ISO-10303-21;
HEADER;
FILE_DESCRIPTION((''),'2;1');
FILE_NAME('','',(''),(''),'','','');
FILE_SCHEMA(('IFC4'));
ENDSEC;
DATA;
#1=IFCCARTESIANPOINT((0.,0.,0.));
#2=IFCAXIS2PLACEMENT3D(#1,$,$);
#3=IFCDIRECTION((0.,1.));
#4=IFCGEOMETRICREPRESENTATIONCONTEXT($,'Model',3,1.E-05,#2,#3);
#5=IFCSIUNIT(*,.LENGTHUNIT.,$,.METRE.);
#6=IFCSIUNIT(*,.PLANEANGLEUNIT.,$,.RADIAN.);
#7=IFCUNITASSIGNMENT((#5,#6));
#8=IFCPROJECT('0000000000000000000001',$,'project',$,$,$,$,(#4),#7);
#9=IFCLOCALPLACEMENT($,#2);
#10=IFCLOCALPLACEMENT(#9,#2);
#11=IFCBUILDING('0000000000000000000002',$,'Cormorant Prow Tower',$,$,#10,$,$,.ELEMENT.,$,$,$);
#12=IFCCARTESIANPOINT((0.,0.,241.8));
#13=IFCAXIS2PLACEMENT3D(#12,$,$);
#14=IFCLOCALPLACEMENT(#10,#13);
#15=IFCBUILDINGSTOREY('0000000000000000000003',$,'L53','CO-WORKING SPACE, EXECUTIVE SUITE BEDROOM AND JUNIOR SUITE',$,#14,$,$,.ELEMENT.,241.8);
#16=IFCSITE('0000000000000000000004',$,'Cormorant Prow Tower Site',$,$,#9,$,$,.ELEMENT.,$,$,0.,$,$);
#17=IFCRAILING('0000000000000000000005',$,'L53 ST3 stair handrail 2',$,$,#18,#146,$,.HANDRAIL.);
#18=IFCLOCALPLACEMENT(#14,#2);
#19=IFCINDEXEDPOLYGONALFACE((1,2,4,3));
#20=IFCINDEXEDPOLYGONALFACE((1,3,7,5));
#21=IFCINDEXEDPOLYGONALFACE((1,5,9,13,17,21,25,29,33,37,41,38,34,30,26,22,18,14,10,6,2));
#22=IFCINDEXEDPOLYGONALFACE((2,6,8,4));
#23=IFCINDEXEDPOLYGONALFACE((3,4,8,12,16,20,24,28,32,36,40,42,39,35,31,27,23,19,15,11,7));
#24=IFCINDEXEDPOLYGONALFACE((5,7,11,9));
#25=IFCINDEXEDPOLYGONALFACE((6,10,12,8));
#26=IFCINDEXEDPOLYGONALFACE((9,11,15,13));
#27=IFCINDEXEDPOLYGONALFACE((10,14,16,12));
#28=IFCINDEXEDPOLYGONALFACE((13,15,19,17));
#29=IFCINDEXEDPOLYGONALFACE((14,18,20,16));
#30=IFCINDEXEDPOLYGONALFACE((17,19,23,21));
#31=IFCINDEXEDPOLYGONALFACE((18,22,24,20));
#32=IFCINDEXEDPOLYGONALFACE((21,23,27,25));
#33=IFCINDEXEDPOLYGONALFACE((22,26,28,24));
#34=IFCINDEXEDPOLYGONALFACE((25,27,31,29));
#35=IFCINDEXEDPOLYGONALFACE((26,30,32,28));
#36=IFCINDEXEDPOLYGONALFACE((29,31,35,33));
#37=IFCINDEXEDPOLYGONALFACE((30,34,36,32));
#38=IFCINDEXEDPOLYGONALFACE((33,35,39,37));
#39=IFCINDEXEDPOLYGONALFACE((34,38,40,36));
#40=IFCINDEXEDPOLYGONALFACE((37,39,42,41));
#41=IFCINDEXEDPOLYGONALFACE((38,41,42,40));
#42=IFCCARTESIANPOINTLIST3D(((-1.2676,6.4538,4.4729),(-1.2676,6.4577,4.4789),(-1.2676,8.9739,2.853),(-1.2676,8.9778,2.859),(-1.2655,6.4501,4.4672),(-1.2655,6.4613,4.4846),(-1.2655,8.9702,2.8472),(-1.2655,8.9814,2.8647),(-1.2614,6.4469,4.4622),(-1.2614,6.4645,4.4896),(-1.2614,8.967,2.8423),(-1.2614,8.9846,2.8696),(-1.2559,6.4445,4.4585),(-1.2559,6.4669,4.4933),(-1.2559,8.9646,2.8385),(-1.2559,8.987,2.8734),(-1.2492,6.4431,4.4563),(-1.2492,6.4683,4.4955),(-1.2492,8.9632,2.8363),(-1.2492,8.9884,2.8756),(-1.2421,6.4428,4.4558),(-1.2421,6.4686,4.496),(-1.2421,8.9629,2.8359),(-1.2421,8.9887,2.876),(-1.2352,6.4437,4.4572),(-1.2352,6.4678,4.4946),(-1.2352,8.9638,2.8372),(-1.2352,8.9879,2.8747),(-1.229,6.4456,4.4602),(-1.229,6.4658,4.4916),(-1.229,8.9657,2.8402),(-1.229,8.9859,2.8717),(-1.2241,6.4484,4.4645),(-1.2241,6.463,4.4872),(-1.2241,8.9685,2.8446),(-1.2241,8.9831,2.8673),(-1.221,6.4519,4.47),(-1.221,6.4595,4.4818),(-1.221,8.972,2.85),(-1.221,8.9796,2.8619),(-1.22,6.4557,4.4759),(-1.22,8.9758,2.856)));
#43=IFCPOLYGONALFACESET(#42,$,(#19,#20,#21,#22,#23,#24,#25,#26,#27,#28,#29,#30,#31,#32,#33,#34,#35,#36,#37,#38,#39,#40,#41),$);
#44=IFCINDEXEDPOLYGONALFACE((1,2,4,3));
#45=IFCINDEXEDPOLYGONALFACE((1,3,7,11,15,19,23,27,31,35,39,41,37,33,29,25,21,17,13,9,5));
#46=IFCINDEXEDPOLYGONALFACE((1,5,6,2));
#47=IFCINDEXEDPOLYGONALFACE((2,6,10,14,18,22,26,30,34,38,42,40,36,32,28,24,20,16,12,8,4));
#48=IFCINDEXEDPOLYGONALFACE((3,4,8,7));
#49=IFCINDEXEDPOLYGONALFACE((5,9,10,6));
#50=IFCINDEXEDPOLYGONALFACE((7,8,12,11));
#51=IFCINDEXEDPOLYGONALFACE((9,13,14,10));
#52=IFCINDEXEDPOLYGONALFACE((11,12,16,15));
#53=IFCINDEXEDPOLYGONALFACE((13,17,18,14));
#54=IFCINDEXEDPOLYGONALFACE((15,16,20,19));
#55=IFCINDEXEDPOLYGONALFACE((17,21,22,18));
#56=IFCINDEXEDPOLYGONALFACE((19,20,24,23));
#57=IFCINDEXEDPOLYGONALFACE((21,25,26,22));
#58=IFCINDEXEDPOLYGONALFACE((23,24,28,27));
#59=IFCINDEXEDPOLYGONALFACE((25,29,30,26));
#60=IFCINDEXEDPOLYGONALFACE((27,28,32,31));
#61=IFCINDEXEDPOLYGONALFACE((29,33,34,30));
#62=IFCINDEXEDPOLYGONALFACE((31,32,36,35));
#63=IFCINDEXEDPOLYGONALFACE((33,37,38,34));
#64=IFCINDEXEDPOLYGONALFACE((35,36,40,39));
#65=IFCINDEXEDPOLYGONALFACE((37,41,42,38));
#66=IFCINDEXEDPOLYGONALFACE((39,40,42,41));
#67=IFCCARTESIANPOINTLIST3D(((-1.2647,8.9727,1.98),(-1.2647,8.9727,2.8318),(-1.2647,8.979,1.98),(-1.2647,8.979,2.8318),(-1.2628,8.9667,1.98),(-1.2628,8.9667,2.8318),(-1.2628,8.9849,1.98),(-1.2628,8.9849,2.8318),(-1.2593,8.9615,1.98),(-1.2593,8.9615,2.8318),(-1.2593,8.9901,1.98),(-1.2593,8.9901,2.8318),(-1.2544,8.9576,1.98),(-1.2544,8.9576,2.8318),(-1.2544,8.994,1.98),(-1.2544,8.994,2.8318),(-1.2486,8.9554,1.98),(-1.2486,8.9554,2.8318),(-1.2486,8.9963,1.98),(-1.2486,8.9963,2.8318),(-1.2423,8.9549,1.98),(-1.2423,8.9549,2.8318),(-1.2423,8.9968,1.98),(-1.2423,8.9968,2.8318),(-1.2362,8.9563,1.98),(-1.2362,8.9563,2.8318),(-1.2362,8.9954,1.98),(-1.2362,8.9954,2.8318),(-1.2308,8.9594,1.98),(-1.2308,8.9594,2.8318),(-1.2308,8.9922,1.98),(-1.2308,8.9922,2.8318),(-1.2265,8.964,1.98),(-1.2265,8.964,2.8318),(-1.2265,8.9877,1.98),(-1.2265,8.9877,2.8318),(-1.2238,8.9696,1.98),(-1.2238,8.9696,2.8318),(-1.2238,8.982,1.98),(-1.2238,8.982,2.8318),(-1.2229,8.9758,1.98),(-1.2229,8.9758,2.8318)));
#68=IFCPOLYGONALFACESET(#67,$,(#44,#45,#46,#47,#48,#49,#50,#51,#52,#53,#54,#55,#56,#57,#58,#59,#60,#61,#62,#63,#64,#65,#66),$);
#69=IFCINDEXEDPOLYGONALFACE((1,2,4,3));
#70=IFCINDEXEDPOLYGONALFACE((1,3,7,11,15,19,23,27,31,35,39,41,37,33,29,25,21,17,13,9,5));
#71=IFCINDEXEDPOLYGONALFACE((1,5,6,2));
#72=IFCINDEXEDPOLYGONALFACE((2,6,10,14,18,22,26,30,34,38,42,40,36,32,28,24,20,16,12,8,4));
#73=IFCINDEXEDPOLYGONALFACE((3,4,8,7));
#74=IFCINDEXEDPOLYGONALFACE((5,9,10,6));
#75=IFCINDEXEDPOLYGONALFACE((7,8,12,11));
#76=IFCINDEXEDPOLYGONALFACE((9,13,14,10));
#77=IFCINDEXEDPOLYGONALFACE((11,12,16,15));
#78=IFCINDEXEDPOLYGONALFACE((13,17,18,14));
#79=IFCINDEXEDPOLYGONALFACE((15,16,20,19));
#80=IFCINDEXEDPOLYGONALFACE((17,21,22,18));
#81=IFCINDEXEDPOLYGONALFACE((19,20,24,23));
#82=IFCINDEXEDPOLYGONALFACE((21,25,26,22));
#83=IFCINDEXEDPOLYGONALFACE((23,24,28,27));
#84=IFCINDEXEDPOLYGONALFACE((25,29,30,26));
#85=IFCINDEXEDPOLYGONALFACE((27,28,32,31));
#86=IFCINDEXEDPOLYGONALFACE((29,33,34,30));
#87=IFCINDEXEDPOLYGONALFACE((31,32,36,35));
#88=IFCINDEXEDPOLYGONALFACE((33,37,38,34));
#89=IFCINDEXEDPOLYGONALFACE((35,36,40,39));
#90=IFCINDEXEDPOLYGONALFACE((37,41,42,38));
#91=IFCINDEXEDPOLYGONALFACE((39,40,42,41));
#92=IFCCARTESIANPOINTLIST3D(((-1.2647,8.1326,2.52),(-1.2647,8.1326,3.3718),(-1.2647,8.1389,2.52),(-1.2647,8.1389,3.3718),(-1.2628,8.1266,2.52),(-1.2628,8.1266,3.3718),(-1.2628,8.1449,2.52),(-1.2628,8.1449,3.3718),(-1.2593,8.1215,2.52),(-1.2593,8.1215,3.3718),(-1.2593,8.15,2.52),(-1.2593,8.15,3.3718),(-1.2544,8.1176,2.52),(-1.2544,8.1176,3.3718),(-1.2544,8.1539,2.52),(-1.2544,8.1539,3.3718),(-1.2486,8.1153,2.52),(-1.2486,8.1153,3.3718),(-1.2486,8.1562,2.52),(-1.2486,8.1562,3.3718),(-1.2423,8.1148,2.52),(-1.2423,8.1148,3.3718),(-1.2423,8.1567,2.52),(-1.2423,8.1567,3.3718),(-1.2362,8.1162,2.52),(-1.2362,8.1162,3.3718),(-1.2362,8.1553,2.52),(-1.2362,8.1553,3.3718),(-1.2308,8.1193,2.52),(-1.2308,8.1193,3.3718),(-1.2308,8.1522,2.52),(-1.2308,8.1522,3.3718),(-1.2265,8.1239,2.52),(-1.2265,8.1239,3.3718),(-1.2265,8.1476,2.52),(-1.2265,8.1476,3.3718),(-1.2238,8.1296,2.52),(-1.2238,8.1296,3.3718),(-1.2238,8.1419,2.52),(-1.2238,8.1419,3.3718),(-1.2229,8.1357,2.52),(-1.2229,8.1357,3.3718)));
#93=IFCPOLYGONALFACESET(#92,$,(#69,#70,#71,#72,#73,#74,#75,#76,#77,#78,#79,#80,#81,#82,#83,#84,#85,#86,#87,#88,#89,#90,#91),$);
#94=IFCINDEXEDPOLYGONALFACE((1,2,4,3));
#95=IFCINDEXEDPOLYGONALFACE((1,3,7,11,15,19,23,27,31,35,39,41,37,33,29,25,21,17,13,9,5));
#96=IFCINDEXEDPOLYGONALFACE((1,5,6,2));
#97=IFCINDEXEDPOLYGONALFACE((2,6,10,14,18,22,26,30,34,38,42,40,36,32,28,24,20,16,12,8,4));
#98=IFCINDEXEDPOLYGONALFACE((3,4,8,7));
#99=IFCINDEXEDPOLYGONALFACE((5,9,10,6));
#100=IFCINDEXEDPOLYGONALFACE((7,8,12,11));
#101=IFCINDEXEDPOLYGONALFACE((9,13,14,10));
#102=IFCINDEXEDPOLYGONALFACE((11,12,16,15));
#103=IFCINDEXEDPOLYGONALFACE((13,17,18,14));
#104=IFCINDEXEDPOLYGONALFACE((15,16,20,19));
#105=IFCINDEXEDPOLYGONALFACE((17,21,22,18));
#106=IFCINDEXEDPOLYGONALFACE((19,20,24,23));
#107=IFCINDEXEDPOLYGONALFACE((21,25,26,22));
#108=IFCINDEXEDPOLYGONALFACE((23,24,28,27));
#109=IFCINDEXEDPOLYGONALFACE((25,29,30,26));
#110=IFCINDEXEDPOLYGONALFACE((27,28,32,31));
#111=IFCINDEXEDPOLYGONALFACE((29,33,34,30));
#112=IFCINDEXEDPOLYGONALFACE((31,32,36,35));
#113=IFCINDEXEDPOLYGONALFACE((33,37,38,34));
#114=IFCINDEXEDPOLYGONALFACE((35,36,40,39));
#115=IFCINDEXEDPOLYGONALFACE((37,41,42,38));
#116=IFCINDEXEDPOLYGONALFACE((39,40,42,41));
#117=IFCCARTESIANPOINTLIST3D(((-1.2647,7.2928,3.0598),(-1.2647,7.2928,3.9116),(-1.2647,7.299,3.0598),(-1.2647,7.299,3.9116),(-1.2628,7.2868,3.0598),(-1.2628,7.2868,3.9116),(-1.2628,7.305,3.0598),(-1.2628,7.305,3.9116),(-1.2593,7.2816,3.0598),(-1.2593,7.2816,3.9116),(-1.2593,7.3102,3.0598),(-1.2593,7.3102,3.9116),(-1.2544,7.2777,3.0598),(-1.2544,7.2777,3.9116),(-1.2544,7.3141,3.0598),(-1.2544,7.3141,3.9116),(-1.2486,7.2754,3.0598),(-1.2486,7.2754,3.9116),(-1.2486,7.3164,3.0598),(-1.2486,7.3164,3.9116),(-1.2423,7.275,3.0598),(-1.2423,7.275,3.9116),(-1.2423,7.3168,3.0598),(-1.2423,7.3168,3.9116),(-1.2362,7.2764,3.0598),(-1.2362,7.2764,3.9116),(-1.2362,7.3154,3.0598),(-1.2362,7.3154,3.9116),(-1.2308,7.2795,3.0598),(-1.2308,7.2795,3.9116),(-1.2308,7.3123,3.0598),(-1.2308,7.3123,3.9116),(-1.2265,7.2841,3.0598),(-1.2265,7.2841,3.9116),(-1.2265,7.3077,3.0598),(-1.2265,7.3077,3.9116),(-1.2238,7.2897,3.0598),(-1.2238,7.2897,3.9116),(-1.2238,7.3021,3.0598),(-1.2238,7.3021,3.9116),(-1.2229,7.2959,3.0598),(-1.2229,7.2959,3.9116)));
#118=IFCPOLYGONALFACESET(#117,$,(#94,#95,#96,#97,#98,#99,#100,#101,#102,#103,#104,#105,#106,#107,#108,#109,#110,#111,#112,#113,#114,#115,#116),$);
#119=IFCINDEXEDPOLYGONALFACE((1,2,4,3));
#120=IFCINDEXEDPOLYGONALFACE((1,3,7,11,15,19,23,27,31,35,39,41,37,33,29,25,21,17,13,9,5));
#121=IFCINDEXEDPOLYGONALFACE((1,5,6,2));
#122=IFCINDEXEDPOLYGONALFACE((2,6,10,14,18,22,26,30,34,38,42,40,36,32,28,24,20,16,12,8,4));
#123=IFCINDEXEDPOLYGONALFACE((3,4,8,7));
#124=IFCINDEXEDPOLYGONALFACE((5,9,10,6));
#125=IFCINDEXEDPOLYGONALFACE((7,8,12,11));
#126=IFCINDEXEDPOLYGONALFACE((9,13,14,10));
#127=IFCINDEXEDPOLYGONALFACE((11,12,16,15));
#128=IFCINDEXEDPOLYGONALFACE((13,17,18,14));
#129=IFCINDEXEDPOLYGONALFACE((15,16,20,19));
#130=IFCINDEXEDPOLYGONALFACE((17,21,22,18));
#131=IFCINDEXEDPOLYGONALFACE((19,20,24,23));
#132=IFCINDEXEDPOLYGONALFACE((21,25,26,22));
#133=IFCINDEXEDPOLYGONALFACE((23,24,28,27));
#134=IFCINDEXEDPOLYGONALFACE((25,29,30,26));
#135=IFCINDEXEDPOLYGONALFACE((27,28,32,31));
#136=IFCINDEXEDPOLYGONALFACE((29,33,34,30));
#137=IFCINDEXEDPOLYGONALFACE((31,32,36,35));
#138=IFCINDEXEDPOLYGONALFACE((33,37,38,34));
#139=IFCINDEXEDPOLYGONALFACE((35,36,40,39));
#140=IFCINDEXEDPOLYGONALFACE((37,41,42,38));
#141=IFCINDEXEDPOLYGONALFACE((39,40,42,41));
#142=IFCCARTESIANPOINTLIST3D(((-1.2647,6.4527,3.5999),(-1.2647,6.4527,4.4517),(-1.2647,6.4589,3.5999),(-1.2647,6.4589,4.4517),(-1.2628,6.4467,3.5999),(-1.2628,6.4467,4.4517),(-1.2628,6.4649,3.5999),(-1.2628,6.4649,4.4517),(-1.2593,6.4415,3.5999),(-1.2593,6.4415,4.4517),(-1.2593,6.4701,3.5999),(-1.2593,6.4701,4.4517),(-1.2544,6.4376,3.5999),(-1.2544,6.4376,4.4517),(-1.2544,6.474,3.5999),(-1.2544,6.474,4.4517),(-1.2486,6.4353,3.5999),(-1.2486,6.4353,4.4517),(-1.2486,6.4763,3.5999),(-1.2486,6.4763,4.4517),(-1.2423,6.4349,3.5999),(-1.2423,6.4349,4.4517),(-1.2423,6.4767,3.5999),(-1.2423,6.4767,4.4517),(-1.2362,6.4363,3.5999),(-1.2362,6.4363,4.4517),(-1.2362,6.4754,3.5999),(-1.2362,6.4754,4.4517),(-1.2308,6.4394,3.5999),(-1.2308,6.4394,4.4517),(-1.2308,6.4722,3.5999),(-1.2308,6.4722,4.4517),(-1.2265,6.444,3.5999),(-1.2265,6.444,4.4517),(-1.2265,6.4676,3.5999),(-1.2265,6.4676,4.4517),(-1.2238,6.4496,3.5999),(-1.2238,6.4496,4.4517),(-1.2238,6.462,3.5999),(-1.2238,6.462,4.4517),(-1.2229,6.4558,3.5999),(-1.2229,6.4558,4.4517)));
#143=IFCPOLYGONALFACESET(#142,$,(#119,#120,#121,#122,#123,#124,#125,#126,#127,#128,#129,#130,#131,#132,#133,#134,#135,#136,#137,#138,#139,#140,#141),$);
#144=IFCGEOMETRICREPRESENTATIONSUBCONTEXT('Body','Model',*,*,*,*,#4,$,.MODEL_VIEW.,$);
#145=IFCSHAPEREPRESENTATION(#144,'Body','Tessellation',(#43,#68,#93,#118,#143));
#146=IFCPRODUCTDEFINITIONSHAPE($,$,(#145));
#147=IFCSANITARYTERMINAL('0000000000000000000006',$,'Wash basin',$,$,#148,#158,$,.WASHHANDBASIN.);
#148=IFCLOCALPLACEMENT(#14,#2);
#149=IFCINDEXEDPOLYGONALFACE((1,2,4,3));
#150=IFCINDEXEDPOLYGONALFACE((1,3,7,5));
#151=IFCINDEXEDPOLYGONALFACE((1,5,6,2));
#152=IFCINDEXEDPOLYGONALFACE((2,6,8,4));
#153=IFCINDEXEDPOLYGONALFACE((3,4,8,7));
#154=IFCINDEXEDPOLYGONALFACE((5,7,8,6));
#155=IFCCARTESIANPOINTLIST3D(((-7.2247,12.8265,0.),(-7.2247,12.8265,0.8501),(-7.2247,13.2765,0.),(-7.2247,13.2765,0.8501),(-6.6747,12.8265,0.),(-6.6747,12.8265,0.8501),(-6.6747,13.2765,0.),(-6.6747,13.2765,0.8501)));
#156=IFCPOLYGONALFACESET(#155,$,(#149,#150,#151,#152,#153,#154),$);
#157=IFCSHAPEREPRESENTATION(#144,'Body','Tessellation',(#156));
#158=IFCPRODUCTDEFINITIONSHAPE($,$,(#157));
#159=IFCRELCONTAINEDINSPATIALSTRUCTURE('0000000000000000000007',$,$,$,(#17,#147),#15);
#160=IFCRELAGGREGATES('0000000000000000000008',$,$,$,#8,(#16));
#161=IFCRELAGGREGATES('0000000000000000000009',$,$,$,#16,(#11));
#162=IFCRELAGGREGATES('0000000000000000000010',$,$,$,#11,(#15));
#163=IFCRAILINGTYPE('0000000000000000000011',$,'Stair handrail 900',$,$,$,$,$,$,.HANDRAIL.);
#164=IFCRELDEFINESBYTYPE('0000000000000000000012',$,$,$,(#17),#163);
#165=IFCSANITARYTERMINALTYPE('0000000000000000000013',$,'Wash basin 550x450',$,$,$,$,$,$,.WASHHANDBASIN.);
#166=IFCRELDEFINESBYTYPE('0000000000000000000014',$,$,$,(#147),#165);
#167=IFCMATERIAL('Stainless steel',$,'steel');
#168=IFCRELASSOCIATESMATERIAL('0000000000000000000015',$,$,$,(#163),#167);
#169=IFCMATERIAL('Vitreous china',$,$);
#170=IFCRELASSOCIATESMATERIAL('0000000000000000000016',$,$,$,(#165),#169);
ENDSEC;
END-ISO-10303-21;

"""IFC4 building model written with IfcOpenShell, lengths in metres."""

from ifc_helpers import new_model, si_unit, direction, frame, origin, origin_2d, place, context, subcontext, project, spatial, rectangle, circle, extrude, material, type_object, element, save


model = new_model("IFC4")

# Units and contexts
model_context = context("Model", 3, precision=1e-05, world=origin(), true_north=direction((0.0, 1.0)))
body_context = subcontext(model_context, "Body", "Model", "MODEL_VIEW")
ifc_project = project(units=[si_unit("LENGTHUNIT", "METRE"), si_unit("PLANEANGLEUNIT", "RADIAN")], contexts=[model_context])

# Site, building, storey
site_placement = place(None, origin())
site = spatial("IfcSite", under=ifc_project, at=site_placement, Name="Cormorant Prow Tower Site", CompositionType="ELEMENT", RefElevation=0.0)
building_placement = place(site_placement, origin())
building = spatial("IfcBuilding", under=site, at=building_placement, Name="Cormorant Prow Tower", CompositionType="ELEMENT")
storey_placement = place(building_placement, frame((0.0, 0.0, 241.8)))
storey = spatial("IfcBuildingStorey", under=building, at=storey_placement, Name="L53", Description="CO-WORKING SPACE, EXECUTIVE SUITE BEDROOM AND JUNIOR SUITE", CompositionType="ELEMENT", Elevation=241.8)

# Railing
ifc_material_1 = material(Name="Stainless steel", Category="steel")
railing_type = type_object("IfcRailingType", Name="Stair handrail 900", PredefinedType="HANDRAIL", material=ifc_material_1)
railing_placement = place(storey_placement, frame((-1.2439, 8.9758, 1.98)))
element("IfcRailing", 1, at=railing_placement, inside=storey, type_object=railing_type, Name="L53 ST3 stair handrail 2", PredefinedType="HANDRAIL", context=body_context, shape_type="SweptSolid", body=[
    extrude(circle(Radius=0.0239, at=origin_2d()), frame((0.0, 0.0, 0.876), z_axis=(0.0, -0.8412, 0.540725), x_axis=(1.0, 0.0, 0.0)), (0.0, 0.0, 1.0), 2.9958),
    extrude(circle(Radius=0.021, at=origin_2d()), origin(), (0.0, 0.0, 1.0), 0.8518),
    extrude(circle(Radius=0.021, at=origin_2d()), frame((0.0, -0.8401, 0.54)), (0.0, 0.0, 1.0), 0.8518),
    extrude(circle(Radius=0.021, at=origin_2d()), frame((0.0, -1.6799, 1.0798)), (0.0, 0.0, 1.0), 0.8518),
    extrude(circle(Radius=0.021, at=origin_2d()), frame((0.0, -2.52, 1.6199)), (0.0, 0.0, 1.0), 0.8518),
])

# Sanitary terminal
ifc_material_2 = material(Name="Vitreous china")
sanitary_terminal_type = type_object("IfcSanitaryTerminalType", Name="Wash basin 550x450", PredefinedType="WASHHANDBASIN", material=ifc_material_2)
sanitary_terminal_placement = place(storey_placement, frame((-6.9497, 13.0515, 0.0), z_axis=(0.0, 0.0, 1.0), x_axis=(1.0, 0.0, 0.0)))
element("IfcSanitaryTerminal", 2, at=sanitary_terminal_placement, inside=storey, type_object=sanitary_terminal_type, Name="Wash basin", PredefinedType="WASHHANDBASIN", context=body_context, shape_type="SweptSolid", body=[
    extrude(rectangle(XDim=0.55, YDim=0.45, at=origin_2d()), origin(), (0.0, 0.0, 1.0), 0.8501),
])

save(model, "model.ifc")
